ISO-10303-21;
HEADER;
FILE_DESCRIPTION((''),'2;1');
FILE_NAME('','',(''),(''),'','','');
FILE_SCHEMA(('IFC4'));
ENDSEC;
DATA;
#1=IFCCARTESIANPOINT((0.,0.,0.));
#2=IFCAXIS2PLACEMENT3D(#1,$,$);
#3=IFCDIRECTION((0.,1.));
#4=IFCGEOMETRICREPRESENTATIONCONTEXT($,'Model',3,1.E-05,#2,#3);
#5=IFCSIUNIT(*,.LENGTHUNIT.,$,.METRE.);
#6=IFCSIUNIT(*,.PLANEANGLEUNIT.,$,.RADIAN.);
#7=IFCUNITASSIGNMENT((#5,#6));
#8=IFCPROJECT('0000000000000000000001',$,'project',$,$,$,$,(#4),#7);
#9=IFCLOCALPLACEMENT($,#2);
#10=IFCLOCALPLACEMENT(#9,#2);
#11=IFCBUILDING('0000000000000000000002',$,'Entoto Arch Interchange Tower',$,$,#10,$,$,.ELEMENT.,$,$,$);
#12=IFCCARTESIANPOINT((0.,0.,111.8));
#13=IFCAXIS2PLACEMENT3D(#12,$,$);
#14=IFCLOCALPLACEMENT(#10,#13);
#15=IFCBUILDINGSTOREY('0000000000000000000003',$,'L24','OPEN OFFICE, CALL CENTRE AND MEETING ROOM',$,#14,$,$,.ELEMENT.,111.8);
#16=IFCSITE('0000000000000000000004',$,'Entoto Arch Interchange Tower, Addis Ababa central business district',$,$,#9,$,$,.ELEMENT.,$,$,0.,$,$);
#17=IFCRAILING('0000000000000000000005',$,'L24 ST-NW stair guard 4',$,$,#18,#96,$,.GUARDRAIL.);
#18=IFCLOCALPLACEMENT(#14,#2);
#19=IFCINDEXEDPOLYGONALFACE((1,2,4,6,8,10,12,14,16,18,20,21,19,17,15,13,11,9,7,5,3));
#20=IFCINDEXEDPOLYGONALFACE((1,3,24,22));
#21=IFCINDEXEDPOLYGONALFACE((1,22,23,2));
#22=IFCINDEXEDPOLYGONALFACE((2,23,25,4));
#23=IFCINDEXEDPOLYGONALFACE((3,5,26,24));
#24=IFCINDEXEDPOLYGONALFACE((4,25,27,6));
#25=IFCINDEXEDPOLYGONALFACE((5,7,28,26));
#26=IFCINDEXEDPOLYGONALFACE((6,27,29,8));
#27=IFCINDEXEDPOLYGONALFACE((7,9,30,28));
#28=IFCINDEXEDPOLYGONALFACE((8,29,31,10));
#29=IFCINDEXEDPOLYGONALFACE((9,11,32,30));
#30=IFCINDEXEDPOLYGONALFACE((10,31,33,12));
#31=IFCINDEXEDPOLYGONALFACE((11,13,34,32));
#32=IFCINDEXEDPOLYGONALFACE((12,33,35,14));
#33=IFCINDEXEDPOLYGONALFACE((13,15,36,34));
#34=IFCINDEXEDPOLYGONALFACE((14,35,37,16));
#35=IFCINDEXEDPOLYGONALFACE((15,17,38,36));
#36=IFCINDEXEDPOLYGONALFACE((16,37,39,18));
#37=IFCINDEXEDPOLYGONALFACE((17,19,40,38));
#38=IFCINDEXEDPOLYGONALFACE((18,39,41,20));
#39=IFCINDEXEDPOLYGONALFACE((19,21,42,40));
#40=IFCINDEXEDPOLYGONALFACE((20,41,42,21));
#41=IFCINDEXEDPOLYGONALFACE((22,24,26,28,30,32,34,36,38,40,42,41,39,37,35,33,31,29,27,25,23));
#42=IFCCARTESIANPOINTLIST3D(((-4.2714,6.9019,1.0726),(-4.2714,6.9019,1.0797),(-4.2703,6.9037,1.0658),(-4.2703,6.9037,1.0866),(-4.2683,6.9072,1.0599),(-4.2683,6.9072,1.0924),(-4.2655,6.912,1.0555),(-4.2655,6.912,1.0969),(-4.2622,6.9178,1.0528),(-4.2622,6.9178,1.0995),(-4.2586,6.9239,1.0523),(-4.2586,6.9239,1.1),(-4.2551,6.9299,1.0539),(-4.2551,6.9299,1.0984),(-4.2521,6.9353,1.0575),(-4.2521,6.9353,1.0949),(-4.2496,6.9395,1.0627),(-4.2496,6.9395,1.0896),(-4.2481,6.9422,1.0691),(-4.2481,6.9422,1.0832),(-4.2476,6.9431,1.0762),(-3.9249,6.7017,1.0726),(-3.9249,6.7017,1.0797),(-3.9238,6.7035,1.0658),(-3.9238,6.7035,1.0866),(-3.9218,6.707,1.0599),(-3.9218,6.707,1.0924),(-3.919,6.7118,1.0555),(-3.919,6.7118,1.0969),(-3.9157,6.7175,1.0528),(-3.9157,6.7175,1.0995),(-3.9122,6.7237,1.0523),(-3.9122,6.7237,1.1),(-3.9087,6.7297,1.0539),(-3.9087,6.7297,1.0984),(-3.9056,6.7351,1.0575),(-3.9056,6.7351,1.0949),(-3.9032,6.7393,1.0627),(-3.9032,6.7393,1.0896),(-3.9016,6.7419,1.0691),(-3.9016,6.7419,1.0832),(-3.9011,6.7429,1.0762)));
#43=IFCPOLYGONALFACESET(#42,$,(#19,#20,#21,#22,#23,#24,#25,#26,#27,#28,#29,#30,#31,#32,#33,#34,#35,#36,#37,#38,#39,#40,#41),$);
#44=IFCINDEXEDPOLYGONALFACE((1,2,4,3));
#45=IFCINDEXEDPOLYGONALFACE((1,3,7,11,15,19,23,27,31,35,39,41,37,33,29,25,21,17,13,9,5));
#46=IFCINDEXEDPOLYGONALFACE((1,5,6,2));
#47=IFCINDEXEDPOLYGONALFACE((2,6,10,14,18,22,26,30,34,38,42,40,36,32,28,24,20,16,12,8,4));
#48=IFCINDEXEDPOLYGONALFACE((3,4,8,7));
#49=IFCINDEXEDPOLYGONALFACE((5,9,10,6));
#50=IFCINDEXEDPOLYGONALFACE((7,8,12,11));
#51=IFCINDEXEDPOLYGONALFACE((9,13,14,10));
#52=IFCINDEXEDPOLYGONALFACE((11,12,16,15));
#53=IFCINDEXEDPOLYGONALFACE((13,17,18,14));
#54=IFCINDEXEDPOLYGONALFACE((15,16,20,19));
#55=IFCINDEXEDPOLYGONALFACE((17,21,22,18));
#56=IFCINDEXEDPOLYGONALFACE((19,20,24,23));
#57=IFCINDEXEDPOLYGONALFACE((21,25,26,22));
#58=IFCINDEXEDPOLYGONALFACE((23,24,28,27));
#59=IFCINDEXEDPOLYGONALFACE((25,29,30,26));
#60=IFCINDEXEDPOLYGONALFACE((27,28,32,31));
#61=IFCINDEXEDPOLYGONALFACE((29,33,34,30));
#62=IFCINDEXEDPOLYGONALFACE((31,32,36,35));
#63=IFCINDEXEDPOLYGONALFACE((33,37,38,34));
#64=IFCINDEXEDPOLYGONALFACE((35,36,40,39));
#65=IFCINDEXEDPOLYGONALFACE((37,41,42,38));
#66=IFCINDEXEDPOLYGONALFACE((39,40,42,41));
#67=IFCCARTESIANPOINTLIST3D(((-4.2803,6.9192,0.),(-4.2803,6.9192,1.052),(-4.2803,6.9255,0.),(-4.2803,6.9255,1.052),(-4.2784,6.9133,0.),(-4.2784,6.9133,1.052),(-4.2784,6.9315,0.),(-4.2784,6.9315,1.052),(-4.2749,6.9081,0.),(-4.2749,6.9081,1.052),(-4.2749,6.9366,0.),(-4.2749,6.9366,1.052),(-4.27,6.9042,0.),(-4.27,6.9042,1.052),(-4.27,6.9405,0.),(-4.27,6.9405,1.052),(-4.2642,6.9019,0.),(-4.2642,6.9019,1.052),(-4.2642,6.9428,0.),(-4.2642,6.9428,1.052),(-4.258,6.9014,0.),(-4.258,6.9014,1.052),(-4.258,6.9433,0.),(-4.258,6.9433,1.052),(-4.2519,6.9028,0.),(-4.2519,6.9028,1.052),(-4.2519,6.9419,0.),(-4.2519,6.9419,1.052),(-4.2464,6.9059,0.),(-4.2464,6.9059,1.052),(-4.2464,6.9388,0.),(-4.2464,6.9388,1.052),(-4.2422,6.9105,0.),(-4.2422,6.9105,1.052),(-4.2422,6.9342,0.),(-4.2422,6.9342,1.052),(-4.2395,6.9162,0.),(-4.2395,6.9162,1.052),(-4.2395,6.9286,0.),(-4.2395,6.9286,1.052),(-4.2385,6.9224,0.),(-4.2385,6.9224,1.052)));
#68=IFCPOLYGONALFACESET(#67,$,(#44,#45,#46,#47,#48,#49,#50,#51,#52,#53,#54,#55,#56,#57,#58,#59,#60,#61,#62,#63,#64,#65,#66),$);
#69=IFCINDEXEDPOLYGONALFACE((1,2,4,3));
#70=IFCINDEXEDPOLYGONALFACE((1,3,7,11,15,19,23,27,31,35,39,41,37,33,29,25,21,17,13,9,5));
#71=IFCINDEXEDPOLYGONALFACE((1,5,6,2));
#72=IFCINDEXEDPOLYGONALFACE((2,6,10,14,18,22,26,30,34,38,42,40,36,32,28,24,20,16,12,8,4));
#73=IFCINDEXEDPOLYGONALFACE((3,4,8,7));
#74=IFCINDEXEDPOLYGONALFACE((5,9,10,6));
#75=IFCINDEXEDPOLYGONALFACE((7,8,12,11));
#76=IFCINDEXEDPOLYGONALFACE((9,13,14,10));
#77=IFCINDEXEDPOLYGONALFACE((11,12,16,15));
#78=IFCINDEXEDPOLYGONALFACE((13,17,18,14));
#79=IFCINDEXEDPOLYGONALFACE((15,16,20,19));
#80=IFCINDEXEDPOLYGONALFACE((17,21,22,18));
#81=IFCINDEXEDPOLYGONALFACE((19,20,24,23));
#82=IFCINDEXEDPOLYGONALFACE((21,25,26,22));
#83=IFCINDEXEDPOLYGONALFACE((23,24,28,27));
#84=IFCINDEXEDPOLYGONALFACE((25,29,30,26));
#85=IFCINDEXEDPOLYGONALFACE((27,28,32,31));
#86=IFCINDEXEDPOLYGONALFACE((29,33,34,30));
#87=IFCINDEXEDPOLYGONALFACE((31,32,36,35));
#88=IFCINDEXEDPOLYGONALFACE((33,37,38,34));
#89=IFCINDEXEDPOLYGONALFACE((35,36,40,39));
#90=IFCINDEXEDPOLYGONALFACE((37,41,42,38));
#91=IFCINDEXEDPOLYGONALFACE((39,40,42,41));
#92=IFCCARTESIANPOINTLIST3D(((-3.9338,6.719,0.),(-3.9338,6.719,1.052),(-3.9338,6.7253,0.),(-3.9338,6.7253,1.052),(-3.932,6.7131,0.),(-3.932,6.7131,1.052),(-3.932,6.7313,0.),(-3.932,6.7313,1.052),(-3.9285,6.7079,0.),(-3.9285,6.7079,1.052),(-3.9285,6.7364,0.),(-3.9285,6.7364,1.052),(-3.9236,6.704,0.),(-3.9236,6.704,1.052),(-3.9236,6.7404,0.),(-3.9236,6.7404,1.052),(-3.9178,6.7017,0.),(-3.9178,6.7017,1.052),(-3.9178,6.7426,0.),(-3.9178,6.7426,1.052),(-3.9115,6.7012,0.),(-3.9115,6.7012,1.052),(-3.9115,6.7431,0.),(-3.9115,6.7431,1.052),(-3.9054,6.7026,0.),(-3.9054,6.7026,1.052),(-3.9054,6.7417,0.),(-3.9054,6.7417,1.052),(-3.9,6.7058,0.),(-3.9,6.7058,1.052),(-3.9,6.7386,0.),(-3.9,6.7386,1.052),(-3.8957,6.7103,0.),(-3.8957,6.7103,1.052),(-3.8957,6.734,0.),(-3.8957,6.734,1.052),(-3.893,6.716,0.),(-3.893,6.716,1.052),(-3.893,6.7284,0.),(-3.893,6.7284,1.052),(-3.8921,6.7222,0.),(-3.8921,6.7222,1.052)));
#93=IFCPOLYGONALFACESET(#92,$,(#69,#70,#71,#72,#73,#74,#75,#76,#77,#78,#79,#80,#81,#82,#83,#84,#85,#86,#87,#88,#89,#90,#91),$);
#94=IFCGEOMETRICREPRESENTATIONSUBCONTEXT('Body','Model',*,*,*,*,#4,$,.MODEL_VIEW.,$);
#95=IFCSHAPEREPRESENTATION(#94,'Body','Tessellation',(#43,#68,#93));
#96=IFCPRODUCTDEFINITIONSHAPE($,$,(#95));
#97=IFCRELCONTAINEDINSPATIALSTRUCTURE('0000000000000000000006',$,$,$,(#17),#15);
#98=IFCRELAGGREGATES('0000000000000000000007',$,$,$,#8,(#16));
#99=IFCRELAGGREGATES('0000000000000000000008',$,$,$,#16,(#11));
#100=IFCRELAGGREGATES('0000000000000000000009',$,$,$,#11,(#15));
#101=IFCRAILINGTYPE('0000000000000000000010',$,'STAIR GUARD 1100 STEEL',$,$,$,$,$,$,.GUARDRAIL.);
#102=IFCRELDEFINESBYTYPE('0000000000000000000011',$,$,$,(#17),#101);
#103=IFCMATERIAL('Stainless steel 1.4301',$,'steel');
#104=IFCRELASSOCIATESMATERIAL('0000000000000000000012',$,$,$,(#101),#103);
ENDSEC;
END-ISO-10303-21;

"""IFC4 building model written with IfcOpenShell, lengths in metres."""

from ifc_helpers import new_model, si_unit, direction, frame, origin, origin_2d, place, context, subcontext, project, spatial, circle, extrude, material, type_object, element, save


model = new_model("IFC4")

# Units and contexts
model_context = context("Model", 3, precision=1e-05, world=origin(), true_north=direction((0.0, 1.0)))
body_context = subcontext(model_context, "Body", "Model", "MODEL_VIEW")
ifc_project = project(units=[si_unit("LENGTHUNIT", "METRE"), si_unit("PLANEANGLEUNIT", "RADIAN")], contexts=[model_context])

# Site, building, storey
site_placement = place(None, origin())
site = spatial("IfcSite", under=ifc_project, at=site_placement, Name="Entoto Arch Interchange Tower, Addis Ababa central business district", CompositionType="ELEMENT", RefElevation=0.0)
building_placement = place(site_placement, origin())
building = spatial("IfcBuilding", under=site, at=building_placement, Name="Entoto Arch Interchange Tower", CompositionType="ELEMENT")
storey_placement = place(building_placement, frame((0.0, 0.0, 111.8)))
storey = spatial("IfcBuildingStorey", under=building, at=storey_placement, Name="L24", Description="OPEN OFFICE, CALL CENTRE AND MEETING ROOM", CompositionType="ELEMENT", Elevation=111.8)

# Railing
ifc_material_1 = material(Name="Stainless steel 1.4301", Category="steel")
railing_type_1 = type_object("IfcRailingType", Name="STAIR GUARD 1100 STEEL", PredefinedType="GUARDRAIL", material=ifc_material_1)
railing_1_placement = place(storey_placement, frame((-4.2595, 6.9224, 0.0)))
element("IfcRailing", 1, at=railing_1_placement, inside=storey, type_object=railing_type_1, Name="L24 ST-NW stair guard 4", PredefinedType="GUARDRAIL", context=body_context, shape_type="SweptSolid", body=[
    extrude(circle(Radius=0.0239, at=origin_2d()), frame((0.0, 0.0, 1.0762), z_axis=(0.86583, -0.500339, 0.0), x_axis=(0.500339, 0.86583, 0.0)), (0.0, 0.0, 1.0), 0.4001),
    extrude(circle(Radius=0.021, at=origin_2d()), origin(), (0.0, 0.0, 1.0), 1.052),
    extrude(circle(Radius=0.021, at=origin_2d()), frame((0.3464, -0.2002, 0.0)), (0.0, 0.0, 1.0), 1.052),
])

save(model, "model.ifc")
